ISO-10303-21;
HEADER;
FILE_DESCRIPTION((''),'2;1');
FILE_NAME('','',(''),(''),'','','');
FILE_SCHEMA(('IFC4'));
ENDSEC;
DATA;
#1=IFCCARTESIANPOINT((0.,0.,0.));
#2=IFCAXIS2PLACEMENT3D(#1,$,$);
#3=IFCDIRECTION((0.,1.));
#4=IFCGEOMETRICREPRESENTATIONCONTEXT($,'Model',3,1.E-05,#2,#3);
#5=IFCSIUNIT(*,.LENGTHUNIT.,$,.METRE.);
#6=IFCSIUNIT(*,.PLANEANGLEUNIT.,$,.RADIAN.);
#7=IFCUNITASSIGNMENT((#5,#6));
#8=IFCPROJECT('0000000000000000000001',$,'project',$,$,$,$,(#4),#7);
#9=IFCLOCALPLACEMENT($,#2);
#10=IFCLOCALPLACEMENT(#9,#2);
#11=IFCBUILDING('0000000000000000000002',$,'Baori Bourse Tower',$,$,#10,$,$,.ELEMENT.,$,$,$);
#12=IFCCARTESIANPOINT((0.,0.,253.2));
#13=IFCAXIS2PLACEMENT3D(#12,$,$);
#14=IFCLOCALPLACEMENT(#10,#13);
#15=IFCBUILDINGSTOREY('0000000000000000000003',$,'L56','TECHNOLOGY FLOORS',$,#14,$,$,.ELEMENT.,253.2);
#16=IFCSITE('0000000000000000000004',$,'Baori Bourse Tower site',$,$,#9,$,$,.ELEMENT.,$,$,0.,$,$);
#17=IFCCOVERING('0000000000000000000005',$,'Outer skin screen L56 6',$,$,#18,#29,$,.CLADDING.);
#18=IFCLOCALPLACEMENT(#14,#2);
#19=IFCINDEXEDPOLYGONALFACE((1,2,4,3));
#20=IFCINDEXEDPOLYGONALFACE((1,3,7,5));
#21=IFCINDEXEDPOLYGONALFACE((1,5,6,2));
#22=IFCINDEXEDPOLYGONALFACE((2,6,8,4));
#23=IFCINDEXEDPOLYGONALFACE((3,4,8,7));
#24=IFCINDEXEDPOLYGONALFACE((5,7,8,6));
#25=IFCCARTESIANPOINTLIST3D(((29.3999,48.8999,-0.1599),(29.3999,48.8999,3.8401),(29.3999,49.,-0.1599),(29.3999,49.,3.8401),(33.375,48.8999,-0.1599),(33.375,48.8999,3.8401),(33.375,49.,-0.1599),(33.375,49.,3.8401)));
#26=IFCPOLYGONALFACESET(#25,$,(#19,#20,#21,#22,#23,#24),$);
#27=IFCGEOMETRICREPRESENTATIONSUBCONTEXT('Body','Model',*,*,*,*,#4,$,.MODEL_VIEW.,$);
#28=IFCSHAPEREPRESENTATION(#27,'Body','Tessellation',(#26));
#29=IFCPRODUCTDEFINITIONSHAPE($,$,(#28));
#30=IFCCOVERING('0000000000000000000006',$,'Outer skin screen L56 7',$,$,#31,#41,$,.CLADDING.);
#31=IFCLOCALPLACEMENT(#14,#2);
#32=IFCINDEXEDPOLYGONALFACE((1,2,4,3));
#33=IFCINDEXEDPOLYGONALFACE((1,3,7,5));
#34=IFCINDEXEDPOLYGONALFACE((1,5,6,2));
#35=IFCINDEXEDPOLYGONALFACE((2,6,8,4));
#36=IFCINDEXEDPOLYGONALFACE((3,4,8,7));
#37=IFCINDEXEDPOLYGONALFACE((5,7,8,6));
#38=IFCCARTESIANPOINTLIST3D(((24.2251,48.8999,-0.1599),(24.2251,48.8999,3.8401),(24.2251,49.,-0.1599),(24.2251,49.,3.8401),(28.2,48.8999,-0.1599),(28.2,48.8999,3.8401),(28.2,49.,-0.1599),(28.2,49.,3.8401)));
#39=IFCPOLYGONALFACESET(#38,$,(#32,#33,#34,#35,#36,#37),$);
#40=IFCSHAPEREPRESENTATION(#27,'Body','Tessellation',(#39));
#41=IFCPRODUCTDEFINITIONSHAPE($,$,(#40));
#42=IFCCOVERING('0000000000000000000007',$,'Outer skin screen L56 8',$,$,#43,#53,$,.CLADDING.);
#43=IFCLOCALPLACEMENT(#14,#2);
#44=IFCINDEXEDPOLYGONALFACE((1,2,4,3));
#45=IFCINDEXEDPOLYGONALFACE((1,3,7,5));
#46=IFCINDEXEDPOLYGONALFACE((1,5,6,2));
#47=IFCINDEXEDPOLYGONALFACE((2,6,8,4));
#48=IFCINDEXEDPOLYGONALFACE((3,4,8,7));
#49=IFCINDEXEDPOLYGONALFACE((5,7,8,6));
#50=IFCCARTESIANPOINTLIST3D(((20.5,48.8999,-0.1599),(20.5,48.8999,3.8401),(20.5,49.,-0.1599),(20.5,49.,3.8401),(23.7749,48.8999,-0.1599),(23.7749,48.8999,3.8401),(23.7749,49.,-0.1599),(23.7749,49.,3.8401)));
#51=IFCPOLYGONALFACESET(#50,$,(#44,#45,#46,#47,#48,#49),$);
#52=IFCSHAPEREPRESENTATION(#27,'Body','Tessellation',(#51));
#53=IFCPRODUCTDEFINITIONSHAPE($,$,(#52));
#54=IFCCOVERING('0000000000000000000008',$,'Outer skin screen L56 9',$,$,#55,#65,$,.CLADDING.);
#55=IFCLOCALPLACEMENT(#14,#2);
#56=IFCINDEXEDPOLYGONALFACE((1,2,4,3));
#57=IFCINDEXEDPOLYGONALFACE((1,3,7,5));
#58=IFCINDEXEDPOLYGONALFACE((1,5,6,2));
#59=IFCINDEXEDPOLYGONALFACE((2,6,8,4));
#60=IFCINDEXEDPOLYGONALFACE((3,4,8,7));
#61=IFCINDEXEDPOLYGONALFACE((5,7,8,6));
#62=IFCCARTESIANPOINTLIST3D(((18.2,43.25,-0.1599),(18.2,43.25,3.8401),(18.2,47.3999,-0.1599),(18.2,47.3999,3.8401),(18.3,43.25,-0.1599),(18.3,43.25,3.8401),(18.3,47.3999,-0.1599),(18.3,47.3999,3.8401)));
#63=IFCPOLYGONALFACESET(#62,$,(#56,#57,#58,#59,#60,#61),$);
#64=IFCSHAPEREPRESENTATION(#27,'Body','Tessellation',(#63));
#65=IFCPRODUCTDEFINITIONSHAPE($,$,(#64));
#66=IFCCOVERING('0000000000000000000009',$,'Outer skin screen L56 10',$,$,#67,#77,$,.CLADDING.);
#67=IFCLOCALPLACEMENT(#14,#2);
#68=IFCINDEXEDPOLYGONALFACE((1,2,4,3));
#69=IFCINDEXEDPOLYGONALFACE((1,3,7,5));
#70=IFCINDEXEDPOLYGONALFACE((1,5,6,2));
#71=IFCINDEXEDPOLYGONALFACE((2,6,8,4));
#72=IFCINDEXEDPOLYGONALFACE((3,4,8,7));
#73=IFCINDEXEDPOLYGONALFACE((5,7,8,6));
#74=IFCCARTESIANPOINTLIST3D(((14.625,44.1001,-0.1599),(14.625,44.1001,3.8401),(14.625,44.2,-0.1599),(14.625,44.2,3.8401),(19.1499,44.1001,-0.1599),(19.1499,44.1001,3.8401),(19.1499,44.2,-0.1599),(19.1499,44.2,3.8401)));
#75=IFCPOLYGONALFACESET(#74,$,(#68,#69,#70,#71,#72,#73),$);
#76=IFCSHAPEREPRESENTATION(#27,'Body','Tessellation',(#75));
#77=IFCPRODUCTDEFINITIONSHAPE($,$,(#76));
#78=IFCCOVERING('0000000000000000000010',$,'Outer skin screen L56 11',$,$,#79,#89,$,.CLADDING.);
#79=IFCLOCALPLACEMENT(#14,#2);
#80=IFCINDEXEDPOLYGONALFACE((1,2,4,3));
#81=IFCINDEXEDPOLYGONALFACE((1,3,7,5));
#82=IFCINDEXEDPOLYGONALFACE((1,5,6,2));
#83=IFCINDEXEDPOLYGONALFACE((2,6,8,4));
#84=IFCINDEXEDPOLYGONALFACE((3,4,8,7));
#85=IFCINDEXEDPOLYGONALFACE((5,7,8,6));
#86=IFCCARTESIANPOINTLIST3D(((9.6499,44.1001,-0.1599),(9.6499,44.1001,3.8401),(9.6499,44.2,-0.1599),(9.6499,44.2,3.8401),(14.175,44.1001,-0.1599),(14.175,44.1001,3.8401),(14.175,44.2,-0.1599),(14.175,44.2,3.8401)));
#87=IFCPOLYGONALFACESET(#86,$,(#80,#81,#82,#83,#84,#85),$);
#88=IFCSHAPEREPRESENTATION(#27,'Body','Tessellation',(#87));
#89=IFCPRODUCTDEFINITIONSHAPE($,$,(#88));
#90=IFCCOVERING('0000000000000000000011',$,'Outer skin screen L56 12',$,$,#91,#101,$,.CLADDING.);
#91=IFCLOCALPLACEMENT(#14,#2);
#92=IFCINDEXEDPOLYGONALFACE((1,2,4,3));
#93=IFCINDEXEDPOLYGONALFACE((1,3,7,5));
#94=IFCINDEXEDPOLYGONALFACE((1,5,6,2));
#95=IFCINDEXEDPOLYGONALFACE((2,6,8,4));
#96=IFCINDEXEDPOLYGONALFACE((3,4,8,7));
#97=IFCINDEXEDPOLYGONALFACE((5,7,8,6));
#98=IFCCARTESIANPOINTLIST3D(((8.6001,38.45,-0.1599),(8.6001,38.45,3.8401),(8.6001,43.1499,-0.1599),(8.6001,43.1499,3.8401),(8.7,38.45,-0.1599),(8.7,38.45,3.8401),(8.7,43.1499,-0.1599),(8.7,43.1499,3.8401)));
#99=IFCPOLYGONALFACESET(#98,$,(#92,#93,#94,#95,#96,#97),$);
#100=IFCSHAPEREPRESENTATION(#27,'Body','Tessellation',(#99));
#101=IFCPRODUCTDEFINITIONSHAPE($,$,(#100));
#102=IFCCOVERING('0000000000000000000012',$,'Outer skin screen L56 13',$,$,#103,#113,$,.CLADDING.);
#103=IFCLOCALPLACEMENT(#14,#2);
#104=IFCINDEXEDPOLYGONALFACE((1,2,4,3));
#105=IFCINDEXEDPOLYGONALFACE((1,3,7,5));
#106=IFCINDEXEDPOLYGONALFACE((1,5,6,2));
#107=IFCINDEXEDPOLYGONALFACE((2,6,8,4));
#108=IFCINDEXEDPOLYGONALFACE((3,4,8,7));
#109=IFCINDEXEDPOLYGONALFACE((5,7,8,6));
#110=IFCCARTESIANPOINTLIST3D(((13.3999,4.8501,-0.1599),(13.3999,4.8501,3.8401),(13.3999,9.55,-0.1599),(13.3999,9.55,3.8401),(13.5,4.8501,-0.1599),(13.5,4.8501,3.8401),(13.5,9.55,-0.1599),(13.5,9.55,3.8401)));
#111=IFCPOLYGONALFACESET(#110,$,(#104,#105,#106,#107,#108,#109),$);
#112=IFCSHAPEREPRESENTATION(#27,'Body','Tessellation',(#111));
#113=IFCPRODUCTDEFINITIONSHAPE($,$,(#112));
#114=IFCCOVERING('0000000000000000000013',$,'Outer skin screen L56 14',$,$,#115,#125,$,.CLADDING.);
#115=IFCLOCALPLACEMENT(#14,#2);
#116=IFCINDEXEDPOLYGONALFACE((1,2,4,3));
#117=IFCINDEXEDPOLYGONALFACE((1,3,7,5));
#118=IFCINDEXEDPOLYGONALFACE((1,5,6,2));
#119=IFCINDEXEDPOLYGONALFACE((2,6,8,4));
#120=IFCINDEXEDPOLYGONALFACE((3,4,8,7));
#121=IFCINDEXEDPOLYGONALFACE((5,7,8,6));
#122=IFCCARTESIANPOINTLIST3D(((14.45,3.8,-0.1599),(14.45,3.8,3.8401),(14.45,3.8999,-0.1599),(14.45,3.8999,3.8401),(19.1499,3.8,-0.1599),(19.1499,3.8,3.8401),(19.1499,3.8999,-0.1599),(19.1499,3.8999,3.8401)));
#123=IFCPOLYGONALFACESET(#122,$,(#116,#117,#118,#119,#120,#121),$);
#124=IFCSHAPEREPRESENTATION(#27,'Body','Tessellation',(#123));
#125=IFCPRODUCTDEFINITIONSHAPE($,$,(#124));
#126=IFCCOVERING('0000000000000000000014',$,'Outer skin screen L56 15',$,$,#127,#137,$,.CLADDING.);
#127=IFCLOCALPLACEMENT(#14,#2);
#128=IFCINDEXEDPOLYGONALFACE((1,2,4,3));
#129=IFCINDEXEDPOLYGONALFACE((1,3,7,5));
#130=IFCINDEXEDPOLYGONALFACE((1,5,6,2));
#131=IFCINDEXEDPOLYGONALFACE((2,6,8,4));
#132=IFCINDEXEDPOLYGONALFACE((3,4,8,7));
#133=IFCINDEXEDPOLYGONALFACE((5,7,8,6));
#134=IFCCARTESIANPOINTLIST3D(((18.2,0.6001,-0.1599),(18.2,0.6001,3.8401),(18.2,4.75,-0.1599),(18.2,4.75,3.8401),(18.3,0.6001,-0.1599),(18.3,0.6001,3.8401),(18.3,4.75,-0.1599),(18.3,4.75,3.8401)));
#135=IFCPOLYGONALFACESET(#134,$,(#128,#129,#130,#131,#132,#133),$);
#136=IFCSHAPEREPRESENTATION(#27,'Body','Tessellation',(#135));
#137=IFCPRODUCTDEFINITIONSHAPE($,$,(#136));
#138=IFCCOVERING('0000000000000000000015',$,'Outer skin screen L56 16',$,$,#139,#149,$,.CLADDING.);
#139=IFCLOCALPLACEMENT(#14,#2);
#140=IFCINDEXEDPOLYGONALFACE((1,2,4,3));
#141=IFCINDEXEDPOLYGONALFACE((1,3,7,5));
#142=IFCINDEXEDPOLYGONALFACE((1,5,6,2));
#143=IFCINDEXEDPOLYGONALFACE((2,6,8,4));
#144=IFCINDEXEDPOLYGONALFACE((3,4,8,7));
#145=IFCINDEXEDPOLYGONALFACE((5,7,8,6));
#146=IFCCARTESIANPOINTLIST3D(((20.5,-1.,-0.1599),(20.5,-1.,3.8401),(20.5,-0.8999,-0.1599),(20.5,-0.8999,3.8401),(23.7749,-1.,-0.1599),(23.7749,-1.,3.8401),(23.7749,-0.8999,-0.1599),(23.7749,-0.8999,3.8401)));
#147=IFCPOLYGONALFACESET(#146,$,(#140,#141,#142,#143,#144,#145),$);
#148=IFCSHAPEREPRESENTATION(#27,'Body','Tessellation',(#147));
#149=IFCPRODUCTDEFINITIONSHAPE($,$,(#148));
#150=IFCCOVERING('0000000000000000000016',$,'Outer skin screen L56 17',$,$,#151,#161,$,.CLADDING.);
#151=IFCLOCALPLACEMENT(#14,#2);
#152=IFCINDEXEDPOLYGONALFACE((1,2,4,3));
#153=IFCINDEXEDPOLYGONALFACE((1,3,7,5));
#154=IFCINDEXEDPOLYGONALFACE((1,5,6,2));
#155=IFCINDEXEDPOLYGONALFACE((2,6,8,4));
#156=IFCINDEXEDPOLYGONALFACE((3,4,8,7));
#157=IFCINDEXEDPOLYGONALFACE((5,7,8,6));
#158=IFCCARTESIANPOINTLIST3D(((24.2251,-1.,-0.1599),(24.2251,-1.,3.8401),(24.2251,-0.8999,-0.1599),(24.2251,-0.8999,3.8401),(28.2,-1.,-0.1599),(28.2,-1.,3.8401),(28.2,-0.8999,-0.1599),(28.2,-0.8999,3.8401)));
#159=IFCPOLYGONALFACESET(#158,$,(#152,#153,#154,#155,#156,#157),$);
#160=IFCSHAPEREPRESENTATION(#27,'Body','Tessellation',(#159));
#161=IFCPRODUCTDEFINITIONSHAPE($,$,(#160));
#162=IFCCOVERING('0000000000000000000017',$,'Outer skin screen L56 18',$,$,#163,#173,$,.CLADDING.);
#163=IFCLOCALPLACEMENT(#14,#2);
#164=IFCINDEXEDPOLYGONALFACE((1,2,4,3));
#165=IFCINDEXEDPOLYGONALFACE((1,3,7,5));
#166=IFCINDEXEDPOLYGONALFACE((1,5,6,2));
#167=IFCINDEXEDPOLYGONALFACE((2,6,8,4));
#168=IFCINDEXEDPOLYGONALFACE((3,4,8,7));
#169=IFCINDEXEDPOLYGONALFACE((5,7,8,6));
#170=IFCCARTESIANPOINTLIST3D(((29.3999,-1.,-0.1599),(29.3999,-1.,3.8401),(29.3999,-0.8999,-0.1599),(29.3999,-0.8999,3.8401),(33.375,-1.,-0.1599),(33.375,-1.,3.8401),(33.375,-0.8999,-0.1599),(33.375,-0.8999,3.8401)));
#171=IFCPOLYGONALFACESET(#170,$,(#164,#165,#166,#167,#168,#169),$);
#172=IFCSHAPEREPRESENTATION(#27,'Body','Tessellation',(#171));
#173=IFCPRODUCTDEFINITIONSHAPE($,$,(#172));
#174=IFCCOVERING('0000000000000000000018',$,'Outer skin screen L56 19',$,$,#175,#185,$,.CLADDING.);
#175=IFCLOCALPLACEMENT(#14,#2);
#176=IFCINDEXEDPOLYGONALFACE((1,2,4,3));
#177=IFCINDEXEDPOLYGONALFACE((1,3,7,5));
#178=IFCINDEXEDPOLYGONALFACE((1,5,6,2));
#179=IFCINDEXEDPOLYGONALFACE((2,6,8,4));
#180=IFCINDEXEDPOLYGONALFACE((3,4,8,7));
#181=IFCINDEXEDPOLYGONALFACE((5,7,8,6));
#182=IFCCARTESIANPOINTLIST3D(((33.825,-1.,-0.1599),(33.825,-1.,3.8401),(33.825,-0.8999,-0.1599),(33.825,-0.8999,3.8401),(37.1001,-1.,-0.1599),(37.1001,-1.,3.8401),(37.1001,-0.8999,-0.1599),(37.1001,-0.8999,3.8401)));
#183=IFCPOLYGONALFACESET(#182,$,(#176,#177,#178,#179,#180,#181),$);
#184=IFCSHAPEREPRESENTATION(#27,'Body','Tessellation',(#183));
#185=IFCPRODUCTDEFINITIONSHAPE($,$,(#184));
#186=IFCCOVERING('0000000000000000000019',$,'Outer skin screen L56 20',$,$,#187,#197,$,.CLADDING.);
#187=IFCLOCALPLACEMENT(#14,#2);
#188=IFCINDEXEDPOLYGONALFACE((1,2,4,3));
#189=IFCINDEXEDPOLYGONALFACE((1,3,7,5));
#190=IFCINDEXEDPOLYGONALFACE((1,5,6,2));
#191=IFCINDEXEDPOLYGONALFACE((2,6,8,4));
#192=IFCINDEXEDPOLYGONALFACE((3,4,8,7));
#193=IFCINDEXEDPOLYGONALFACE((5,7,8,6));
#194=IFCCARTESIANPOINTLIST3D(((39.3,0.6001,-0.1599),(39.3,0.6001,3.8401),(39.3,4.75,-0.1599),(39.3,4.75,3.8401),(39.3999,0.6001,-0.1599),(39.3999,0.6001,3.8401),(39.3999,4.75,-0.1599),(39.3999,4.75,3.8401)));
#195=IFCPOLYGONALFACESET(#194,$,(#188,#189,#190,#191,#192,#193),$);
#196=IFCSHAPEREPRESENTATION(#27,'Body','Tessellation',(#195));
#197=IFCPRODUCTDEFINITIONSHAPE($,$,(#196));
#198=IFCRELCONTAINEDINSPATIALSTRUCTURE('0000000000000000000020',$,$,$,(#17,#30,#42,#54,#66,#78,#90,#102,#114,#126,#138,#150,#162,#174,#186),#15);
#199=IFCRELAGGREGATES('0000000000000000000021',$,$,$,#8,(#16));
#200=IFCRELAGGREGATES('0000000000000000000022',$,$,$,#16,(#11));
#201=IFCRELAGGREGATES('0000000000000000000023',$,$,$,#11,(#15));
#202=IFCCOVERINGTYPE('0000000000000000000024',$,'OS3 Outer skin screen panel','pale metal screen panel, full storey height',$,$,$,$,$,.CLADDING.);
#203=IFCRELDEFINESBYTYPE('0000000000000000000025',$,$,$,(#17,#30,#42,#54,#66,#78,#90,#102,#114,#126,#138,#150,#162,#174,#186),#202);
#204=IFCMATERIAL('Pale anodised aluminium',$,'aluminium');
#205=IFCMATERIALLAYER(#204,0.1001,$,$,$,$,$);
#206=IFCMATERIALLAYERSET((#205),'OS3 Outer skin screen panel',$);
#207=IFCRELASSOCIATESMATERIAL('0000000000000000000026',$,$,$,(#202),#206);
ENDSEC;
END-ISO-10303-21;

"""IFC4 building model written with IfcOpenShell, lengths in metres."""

from ifc_helpers import new_model, si_unit, direction, frame, origin, place, context, subcontext, project, spatial, polyline, outline, extrude, material, layer, layer_set, type_object, element, save


model = new_model("IFC4")

# Units and contexts
model_context = context("Model", 3, precision=1e-05, world=origin(), true_north=direction((0.0, 1.0)))
body_context = subcontext(model_context, "Body", "Model", "MODEL_VIEW")
ifc_project = project(units=[si_unit("LENGTHUNIT", "METRE"), si_unit("PLANEANGLEUNIT", "RADIAN")], contexts=[model_context])

# Site, building, storey
site_placement = place(None, origin())
site = spatial("IfcSite", under=ifc_project, at=site_placement, Name="Baori Bourse Tower site", CompositionType="ELEMENT", RefElevation=0.0)
building_placement = place(site_placement, origin())
building = spatial("IfcBuilding", under=site, at=building_placement, Name="Baori Bourse Tower", CompositionType="ELEMENT")
storey_placement = place(building_placement, frame((0.0, 0.0, 253.2)))
storey = spatial("IfcBuildingStorey", under=building, at=storey_placement, Name="L56", Description="TECHNOLOGY FLOORS", CompositionType="ELEMENT", Elevation=253.2)

# Coverings
ifc_material_1 = material(Name="Pale anodised aluminium", Category="aluminium")
ifc_layer_1 = layer(ifc_material_1, 0.1001)
ifc_layer_set_1 = layer_set([ifc_layer_1], Name="OS3 Outer skin screen panel")
covering_type = type_object("IfcCoveringType", Name="OS3 Outer skin screen panel", Description="pale metal screen panel, full storey height", PredefinedType="CLADDING", material=ifc_layer_set_1)
covering_1_placement = place(storey_placement, frame((0.0, 0.0, -0.1599)))
element("IfcCovering", 1, at=covering_1_placement, inside=storey, type_object=covering_type, Name="Outer skin screen L56 6", PredefinedType="CLADDING", context=body_context, shape_type="SweptSolid", body=[
    extrude(outline(polyline([(29.3999, 48.8999), (33.375, 48.8999), (33.375, 49.0), (29.3999, 49.0), (29.3999, 48.8999)])), origin(), (0.0, 0.0, 1.0), 4.0),
])
covering_2_placement = place(storey_placement, frame((0.0, 0.0, -0.1599)))
element("IfcCovering", 2, at=covering_2_placement, inside=storey, type_object=covering_type, Name="Outer skin screen L56 7", PredefinedType="CLADDING", context=body_context, shape_type="SweptSolid", body=[
    extrude(outline(polyline([(24.2251, 48.8999), (28.2, 48.8999), (28.2, 49.0), (24.2251, 49.0), (24.2251, 48.8999)])), origin(), (0.0, 0.0, 1.0), 4.0),
])
covering_3_placement = place(storey_placement, frame((0.0, 0.0, -0.1599)))
element("IfcCovering", 3, at=covering_3_placement, inside=storey, type_object=covering_type, Name="Outer skin screen L56 8", PredefinedType="CLADDING", context=body_context, shape_type="SweptSolid", body=[
    extrude(outline(polyline([(20.5, 48.8999), (23.7749, 48.8999), (23.7749, 49.0), (20.5, 49.0), (20.5, 48.8999)])), origin(), (0.0, 0.0, 1.0), 4.0),
])
covering_4_placement = place(storey_placement, frame((0.0, 0.0, -0.1599)))
element("IfcCovering", 4, at=covering_4_placement, inside=storey, type_object=covering_type, Name="Outer skin screen L56 9", PredefinedType="CLADDING", context=body_context, shape_type="SweptSolid", body=[
    extrude(outline(polyline([(18.3, 43.25), (18.3, 47.3999), (18.2, 47.3999), (18.2, 43.25), (18.3, 43.25)])), origin(), (0.0, 0.0, 1.0), 4.0),
])
covering_5_placement = place(storey_placement, frame((0.0, 0.0, -0.1599)))
element("IfcCovering", 5, at=covering_5_placement, inside=storey, type_object=covering_type, Name="Outer skin screen L56 10", PredefinedType="CLADDING", context=body_context, shape_type="SweptSolid", body=[
    extrude(outline(polyline([(14.625, 44.1001), (19.1499, 44.1001), (19.1499, 44.2), (14.625, 44.2), (14.625, 44.1001)])), origin(), (0.0, 0.0, 1.0), 4.0),
])
covering_6_placement = place(storey_placement, frame((0.0, 0.0, -0.1599)))
element("IfcCovering", 6, at=covering_6_placement, inside=storey, type_object=covering_type, Name="Outer skin screen L56 11", PredefinedType="CLADDING", context=body_context, shape_type="SweptSolid", body=[
    extrude(outline(polyline([(9.6499, 44.1001), (14.175, 44.1001), (14.175, 44.2), (9.6499, 44.2), (9.6499, 44.1001)])), origin(), (0.0, 0.0, 1.0), 4.0),
])
covering_7_placement = place(storey_placement, frame((0.0, 0.0, -0.1599)))
element("IfcCovering", 7, at=covering_7_placement, inside=storey, type_object=covering_type, Name="Outer skin screen L56 12", PredefinedType="CLADDING", context=body_context, shape_type="SweptSolid", body=[
    extrude(outline(polyline([(8.7, 38.45), (8.7, 43.1499), (8.6001, 43.1499), (8.6001, 38.45), (8.7, 38.45)])), origin(), (0.0, 0.0, 1.0), 4.0),
])
covering_8_placement = place(storey_placement, frame((0.0, 0.0, -0.1599)))
element("IfcCovering", 8, at=covering_8_placement, inside=storey, type_object=covering_type, Name="Outer skin screen L56 13", PredefinedType="CLADDING", context=body_context, shape_type="SweptSolid", body=[
    extrude(outline(polyline([(13.5, 4.8501), (13.5, 9.55), (13.3999, 9.55), (13.3999, 4.8501), (13.5, 4.8501)])), origin(), (0.0, 0.0, 1.0), 4.0),
])
covering_9_placement = place(storey_placement, frame((0.0, 0.0, -0.1599)))
element("IfcCovering", 9, at=covering_9_placement, inside=storey, type_object=covering_type, Name="Outer skin screen L56 14", PredefinedType="CLADDING", context=body_context, shape_type="SweptSolid", body=[
    extrude(outline(polyline([(19.1499, 3.8999), (14.45, 3.8999), (14.45, 3.8), (19.1499, 3.8), (19.1499, 3.8999)])), origin(), (0.0, 0.0, 1.0), 4.0),
])
covering_10_placement = place(storey_placement, frame((0.0, 0.0, -0.1599)))
element("IfcCovering", 10, at=covering_10_placement, inside=storey, type_object=covering_type, Name="Outer skin screen L56 15", PredefinedType="CLADDING", context=body_context, shape_type="SweptSolid", body=[
    extrude(outline(polyline([(18.3, 0.6001), (18.3, 4.75), (18.2, 4.75), (18.2, 0.6001), (18.3, 0.6001)])), origin(), (0.0, 0.0, 1.0), 4.0),
])
covering_11_placement = place(storey_placement, frame((0.0, 0.0, -0.1599)))
element("IfcCovering", 11, at=covering_11_placement, inside=storey, type_object=covering_type, Name="Outer skin screen L56 16", PredefinedType="CLADDING", context=body_context, shape_type="SweptSolid", body=[
    extrude(outline(polyline([(23.7749, -0.8999), (20.5, -0.8999), (20.5, -1.0), (23.7749, -1.0), (23.7749, -0.8999)])), origin(), (0.0, 0.0, 1.0), 4.0),
])
covering_12_placement = place(storey_placement, frame((0.0, 0.0, -0.1599)))
element("IfcCovering", 12, at=covering_12_placement, inside=storey, type_object=covering_type, Name="Outer skin screen L56 17", PredefinedType="CLADDING", context=body_context, shape_type="SweptSolid", body=[
    extrude(outline(polyline([(28.2, -0.8999), (24.2251, -0.8999), (24.2251, -1.0), (28.2, -1.0), (28.2, -0.8999)])), origin(), (0.0, 0.0, 1.0), 4.0),
])
covering_13_placement = place(storey_placement, frame((0.0, 0.0, -0.1599)))
element("IfcCovering", 13, at=covering_13_placement, inside=storey, type_object=covering_type, Name="Outer skin screen L56 18", PredefinedType="CLADDING", context=body_context, shape_type="SweptSolid", body=[
    extrude(outline(polyline([(33.375, -0.8999), (29.3999, -0.8999), (29.3999, -1.0), (33.375, -1.0), (33.375, -0.8999)])), origin(), (0.0, 0.0, 1.0), 4.0),
])
covering_14_placement = place(storey_placement, frame((0.0, 0.0, -0.1599)))
element("IfcCovering", 14, at=covering_14_placement, inside=storey, type_object=covering_type, Name="Outer skin screen L56 19", PredefinedType="CLADDING", context=body_context, shape_type="SweptSolid", body=[
    extrude(outline(polyline([(37.1001, -0.8999), (33.825, -0.8999), (33.825, -1.0), (37.1001, -1.0), (37.1001, -0.8999)])), origin(), (0.0, 0.0, 1.0), 4.0),
])
covering_15_placement = place(storey_placement, frame((0.0, 0.0, -0.1599)))
element("IfcCovering", 15, at=covering_15_placement, inside=storey, type_object=covering_type, Name="Outer skin screen L56 20", PredefinedType="CLADDING", context=body_context, shape_type="SweptSolid", body=[
    extrude(outline(polyline([(39.3, 4.75), (39.3, 0.6001), (39.3999, 0.6001), (39.3999, 4.75), (39.3, 4.75)])), origin(), (0.0, 0.0, 1.0), 4.0),
])

save(model, "model.ifc")
